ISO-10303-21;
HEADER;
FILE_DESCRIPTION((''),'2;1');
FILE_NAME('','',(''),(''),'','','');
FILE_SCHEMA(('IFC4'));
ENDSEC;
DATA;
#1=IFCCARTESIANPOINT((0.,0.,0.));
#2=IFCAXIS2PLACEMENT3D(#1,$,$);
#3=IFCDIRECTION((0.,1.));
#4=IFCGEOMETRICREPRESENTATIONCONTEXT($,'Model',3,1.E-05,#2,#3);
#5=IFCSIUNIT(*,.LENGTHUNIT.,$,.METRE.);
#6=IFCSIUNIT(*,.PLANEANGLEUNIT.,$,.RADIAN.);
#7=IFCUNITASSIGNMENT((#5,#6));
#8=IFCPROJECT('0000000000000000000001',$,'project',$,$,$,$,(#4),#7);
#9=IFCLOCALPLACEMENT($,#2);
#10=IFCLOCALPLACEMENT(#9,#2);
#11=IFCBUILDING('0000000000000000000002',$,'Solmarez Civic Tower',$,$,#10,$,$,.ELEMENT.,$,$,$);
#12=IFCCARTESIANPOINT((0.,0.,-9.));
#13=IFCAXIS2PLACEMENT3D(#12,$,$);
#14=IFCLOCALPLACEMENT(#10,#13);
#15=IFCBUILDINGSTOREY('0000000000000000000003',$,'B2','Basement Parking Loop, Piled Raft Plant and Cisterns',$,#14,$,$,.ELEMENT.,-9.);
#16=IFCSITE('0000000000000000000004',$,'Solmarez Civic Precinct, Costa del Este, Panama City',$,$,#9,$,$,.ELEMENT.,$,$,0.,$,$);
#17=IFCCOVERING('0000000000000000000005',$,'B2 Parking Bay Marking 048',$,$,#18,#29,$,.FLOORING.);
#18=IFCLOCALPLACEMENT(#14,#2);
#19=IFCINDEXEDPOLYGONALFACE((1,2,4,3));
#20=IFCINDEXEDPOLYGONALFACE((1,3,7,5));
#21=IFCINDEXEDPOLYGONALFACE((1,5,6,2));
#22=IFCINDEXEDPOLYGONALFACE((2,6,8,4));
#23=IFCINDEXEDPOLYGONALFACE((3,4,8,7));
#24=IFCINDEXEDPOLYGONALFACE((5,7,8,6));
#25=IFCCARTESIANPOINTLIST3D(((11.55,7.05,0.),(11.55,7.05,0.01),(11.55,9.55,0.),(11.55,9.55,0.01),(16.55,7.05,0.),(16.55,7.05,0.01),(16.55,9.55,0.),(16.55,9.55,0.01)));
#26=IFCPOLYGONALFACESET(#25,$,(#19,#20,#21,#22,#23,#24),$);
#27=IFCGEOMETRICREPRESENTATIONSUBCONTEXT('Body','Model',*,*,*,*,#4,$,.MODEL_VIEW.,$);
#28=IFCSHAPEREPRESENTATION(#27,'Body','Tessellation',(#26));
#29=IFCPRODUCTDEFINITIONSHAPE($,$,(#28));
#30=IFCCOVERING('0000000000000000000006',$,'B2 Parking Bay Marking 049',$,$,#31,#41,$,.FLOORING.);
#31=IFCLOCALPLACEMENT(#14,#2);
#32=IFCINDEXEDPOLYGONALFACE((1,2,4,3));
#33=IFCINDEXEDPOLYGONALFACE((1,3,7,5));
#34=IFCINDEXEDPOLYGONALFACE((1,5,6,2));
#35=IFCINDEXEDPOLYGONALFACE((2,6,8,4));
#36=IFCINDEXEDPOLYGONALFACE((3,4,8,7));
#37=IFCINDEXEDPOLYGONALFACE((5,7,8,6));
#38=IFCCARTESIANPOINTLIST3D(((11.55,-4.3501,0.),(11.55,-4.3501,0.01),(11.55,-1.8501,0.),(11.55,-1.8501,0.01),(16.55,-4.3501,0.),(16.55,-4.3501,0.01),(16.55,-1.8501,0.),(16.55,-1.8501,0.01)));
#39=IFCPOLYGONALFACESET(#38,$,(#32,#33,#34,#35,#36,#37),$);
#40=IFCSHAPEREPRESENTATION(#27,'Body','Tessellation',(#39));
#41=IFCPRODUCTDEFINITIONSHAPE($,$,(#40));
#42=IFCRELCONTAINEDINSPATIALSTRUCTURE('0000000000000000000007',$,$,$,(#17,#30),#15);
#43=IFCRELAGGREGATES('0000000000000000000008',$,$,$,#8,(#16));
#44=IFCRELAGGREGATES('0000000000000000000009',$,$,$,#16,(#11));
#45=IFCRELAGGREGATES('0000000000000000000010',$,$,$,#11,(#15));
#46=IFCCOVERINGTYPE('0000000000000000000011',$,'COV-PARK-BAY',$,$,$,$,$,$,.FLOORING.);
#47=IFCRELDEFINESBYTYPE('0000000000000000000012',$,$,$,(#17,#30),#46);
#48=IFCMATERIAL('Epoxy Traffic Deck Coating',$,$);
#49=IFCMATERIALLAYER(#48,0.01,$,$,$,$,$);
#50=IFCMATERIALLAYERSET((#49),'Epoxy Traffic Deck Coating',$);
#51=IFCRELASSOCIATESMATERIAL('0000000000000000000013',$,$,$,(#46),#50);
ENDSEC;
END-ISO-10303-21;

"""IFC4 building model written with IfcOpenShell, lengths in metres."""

from ifc_helpers import new_model, si_unit, direction, frame, origin, place, context, subcontext, project, spatial, polyline, outline, extrude, material, layer, layer_set, type_object, element, save


model = new_model("IFC4")

# Units and contexts
model_context = context("Model", 3, precision=1e-05, world=origin(), true_north=direction((0.0, 1.0)))
body_context = subcontext(model_context, "Body", "Model", "MODEL_VIEW")
ifc_project = project(units=[si_unit("LENGTHUNIT", "METRE"), si_unit("PLANEANGLEUNIT", "RADIAN")], contexts=[model_context])

# Site, building, storey
site_placement = place(None, origin())
site = spatial("IfcSite", under=ifc_project, at=site_placement, Name="Solmarez Civic Precinct, Costa del Este, Panama City", CompositionType="ELEMENT", RefElevation=0.0)
building_placement = place(site_placement, origin())
building = spatial("IfcBuilding", under=site, at=building_placement, Name="Solmarez Civic Tower", CompositionType="ELEMENT")
storey_placement = place(building_placement, frame((0.0, 0.0, -9.0)))
storey = spatial("IfcBuildingStorey", under=building, at=storey_placement, Name="B2", Description="Basement Parking Loop, Piled Raft Plant and Cisterns", CompositionType="ELEMENT", Elevation=-9.0)

# Coverings
ifc_material_1 = material(Name="Epoxy Traffic Deck Coating")
ifc_layer_1 = layer(ifc_material_1, 0.01)
ifc_layer_set_1 = layer_set([ifc_layer_1], Name="Epoxy Traffic Deck Coating")
covering_type = type_object("IfcCoveringType", Name="COV-PARK-BAY", PredefinedType="FLOORING", material=ifc_layer_set_1)
covering_1_placement = place(storey_placement, origin())
element("IfcCovering", 1, at=covering_1_placement, inside=storey, type_object=covering_type, Name="B2 Parking Bay Marking 048", PredefinedType="FLOORING", context=body_context, shape_type="SweptSolid", body=[
    extrude(outline(polyline([(11.55, 7.05), (16.55, 7.05), (16.55, 9.55), (11.55, 9.55), (11.55, 7.05)])), origin(), (0.0, 0.0, 1.0), 0.01),
])
covering_2_placement = place(storey_placement, origin())
element("IfcCovering", 2, at=covering_2_placement, inside=storey, type_object=covering_type, Name="B2 Parking Bay Marking 049", PredefinedType="FLOORING", context=body_context, shape_type="SweptSolid", body=[
    extrude(outline(polyline([(11.55, -4.3501), (16.55, -4.3501), (16.55, -1.8501), (11.55, -1.8501), (11.55, -4.3501)])), origin(), (0.0, 0.0, 1.0), 0.01),
])

save(model, "model.ifc")
